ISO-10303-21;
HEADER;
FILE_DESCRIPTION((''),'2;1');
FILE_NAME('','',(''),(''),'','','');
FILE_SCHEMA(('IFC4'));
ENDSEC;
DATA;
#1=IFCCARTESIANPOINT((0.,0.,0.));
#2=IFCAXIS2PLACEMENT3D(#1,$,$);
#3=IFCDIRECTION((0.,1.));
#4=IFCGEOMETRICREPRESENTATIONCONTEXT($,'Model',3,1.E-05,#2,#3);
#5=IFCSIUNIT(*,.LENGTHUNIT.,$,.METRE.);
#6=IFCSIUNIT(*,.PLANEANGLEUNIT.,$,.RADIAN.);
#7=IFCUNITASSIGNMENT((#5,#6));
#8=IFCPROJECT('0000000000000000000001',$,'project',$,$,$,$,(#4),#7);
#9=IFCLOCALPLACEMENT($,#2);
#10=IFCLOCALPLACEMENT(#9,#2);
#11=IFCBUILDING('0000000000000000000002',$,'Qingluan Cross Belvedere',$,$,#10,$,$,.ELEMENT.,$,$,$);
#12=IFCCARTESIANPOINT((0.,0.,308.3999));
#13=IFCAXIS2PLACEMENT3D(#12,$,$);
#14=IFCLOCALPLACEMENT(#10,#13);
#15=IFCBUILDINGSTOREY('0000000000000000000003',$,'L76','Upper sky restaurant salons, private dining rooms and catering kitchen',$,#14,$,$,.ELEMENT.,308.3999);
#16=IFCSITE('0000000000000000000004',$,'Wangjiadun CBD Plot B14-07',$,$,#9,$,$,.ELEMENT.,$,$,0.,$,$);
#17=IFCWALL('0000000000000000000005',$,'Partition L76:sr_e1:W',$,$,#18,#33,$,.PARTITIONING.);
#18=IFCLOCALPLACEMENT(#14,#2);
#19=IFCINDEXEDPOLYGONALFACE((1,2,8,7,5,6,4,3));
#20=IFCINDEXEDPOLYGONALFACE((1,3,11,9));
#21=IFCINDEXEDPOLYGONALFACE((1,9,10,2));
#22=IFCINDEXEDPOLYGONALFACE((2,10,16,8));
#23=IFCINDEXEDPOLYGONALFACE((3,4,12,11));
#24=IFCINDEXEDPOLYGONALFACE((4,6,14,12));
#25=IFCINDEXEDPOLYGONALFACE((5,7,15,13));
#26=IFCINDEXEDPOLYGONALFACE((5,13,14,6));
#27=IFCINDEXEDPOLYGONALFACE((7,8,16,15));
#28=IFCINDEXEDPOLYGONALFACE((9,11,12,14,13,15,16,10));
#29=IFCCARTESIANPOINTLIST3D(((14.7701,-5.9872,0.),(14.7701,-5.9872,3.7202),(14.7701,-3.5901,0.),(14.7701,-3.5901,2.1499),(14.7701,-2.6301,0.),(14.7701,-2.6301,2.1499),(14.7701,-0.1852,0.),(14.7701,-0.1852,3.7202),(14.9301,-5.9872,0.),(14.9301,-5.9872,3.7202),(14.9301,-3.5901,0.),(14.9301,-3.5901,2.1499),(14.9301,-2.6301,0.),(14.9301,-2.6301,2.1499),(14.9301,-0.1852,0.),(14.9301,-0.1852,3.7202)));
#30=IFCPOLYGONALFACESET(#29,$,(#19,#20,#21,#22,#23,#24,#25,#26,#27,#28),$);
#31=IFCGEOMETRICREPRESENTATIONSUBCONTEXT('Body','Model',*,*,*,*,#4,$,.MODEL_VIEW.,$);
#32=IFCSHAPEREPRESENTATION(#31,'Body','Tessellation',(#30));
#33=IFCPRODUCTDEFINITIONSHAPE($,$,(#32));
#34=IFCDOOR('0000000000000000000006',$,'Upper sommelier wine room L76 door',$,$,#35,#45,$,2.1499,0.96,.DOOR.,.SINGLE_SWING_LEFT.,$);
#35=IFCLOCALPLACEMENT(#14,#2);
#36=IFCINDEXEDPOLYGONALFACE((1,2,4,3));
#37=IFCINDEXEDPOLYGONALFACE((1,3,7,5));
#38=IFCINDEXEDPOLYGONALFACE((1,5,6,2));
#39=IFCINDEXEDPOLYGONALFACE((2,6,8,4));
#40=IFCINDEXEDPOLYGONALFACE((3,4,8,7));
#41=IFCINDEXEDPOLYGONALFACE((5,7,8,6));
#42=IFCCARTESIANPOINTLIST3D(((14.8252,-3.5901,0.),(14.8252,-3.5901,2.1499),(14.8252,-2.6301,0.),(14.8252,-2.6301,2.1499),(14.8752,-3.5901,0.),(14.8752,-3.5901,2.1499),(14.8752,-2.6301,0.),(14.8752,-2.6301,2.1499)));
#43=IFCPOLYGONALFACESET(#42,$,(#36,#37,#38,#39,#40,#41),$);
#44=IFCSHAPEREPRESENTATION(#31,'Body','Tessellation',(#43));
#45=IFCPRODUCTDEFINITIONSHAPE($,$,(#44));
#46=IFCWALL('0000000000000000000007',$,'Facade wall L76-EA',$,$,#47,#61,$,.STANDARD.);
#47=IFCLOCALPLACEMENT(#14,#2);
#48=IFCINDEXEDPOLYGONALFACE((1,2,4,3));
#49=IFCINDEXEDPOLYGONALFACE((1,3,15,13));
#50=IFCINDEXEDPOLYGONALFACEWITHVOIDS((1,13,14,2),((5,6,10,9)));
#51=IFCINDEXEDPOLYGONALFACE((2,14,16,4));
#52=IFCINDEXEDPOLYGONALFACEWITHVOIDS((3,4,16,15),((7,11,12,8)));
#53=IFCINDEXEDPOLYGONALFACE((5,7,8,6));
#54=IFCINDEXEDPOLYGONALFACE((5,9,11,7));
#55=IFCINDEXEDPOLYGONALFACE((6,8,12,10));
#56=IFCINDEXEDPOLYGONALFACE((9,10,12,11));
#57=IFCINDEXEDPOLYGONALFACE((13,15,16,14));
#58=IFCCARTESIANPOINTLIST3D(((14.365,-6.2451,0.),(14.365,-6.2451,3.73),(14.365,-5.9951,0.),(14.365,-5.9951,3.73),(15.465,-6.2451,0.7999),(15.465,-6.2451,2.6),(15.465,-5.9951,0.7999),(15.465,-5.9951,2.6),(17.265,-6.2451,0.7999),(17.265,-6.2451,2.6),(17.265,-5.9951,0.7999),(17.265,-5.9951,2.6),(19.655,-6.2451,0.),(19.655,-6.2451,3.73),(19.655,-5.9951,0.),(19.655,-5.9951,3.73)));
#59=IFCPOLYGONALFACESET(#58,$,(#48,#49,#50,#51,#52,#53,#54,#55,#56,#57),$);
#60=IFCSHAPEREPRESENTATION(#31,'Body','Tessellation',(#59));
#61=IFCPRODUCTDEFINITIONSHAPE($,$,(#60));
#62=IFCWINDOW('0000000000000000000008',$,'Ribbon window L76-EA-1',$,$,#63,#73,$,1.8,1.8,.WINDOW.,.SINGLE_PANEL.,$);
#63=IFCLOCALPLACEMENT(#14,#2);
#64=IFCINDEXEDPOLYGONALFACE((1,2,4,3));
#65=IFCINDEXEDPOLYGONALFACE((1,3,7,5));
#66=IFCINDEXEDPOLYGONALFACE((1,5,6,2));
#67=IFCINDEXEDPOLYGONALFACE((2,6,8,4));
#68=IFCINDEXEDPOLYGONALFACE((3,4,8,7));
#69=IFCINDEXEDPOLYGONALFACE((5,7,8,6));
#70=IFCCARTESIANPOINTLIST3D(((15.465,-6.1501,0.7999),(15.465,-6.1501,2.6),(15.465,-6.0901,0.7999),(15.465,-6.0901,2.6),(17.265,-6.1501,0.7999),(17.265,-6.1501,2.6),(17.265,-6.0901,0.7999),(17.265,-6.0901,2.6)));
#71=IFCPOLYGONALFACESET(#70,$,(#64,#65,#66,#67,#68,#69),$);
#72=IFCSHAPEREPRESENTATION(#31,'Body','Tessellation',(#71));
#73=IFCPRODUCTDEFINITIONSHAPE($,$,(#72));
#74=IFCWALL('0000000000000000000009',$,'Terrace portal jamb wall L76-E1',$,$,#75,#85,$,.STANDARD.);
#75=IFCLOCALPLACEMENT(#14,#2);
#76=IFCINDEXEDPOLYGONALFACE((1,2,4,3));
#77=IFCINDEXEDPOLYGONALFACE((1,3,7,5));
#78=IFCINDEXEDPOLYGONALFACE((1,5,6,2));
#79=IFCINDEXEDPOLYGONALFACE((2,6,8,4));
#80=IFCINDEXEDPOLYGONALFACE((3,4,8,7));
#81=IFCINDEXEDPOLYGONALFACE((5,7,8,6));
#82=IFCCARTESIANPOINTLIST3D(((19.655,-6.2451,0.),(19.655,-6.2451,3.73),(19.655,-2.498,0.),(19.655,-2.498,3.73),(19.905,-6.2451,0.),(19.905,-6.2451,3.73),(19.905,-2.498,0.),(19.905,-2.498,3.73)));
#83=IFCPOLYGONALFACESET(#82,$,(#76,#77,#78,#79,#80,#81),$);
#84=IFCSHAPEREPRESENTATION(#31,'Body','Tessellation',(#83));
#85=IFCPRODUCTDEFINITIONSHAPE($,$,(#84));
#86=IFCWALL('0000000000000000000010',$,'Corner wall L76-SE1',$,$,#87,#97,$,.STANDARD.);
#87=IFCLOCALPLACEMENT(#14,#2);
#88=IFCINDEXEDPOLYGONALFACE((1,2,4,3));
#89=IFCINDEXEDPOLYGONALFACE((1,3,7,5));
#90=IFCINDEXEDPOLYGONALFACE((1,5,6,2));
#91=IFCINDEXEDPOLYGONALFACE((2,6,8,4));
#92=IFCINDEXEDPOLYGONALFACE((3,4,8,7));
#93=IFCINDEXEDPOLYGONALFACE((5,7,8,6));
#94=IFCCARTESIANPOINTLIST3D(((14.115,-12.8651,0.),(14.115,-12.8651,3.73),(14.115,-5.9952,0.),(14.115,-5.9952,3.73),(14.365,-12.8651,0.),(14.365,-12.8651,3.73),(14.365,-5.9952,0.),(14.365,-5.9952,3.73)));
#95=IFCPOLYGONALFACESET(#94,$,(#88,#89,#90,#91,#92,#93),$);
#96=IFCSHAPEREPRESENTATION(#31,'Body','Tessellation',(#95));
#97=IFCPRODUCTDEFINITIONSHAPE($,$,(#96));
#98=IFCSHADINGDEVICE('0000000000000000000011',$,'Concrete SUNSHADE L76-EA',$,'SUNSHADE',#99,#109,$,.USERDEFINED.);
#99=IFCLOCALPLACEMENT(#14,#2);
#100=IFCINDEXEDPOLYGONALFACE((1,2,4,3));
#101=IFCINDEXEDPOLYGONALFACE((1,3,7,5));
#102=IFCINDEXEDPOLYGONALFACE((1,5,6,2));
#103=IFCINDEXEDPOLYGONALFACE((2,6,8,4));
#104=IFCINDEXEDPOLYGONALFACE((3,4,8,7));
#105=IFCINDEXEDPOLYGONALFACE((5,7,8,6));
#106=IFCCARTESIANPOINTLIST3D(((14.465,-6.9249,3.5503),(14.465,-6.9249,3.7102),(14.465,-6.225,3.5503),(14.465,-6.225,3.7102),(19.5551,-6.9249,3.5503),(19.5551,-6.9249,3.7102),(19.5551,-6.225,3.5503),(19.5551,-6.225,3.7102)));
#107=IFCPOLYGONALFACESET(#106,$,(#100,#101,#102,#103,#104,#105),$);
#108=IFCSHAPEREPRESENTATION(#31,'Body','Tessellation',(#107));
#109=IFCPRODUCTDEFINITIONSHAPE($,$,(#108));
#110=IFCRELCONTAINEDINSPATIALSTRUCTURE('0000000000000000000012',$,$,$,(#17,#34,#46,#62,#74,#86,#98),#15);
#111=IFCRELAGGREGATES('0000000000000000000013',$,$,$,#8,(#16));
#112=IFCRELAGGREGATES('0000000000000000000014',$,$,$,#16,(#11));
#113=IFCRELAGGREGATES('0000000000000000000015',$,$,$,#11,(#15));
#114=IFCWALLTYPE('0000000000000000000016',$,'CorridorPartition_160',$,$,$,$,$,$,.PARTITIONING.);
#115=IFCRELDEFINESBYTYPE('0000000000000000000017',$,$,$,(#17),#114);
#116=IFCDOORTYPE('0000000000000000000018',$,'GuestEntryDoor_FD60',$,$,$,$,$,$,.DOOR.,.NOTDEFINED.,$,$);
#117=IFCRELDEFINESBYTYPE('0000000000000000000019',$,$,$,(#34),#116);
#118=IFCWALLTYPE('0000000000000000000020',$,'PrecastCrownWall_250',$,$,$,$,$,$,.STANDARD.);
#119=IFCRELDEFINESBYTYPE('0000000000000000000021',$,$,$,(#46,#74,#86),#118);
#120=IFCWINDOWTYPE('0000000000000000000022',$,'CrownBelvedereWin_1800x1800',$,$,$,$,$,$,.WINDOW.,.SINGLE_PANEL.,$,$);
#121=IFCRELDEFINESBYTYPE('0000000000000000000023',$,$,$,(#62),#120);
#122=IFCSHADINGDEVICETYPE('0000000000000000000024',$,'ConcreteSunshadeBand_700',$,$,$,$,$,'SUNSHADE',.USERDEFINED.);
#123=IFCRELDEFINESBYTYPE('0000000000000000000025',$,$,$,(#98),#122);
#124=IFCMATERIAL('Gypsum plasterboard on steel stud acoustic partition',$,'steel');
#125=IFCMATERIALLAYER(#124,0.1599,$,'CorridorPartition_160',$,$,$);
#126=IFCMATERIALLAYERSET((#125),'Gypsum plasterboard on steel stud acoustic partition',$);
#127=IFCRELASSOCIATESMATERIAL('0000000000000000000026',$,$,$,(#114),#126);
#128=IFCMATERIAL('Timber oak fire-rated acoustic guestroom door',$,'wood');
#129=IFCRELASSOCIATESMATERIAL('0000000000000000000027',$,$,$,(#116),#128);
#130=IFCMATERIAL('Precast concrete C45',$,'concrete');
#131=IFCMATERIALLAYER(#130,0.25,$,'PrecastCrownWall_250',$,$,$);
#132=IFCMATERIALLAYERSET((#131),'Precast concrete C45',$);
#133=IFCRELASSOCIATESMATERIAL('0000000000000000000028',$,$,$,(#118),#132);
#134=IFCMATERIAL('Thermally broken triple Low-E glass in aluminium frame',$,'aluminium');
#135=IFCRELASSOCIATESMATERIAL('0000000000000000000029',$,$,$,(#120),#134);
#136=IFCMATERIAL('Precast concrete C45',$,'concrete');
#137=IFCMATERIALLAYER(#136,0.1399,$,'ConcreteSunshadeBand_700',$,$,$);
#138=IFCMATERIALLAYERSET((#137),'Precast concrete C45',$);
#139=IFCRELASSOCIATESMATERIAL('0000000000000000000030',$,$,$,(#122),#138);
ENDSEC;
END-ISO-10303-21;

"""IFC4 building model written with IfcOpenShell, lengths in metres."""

from ifc_helpers import new_model, si_unit, direction, frame, frame_2d, origin, origin_2d, place, context, subcontext, project, spatial, rectangle, extrude, material, layer, layer_set, type_object, element, fill, save


model = new_model("IFC4")

# Units and contexts
model_context = context("Model", 3, precision=1e-05, world=origin(), true_north=direction((0.0, 1.0)))
body_context = subcontext(model_context, "Body", "Model", "MODEL_VIEW")
ifc_project = project(units=[si_unit("LENGTHUNIT", "METRE"), si_unit("PLANEANGLEUNIT", "RADIAN")], contexts=[model_context])

# Site, building, storey
site_placement = place(None, origin())
site = spatial("IfcSite", under=ifc_project, at=site_placement, Name="Wangjiadun CBD Plot B14-07", CompositionType="ELEMENT", RefElevation=0.0)
building_placement = place(site_placement, origin())
building = spatial("IfcBuilding", under=site, at=building_placement, Name="Qingluan Cross Belvedere", CompositionType="ELEMENT")
storey_placement = place(building_placement, frame((0.0, 0.0, 308.3999)))
storey = spatial("IfcBuildingStorey", under=building, at=storey_placement, Name="L76", Description="Upper sky restaurant salons, private dining rooms and catering kitchen", CompositionType="ELEMENT", Elevation=308.3999)

# Wall, opening, door
ifc_material_1 = material(Name="Gypsum plasterboard on steel stud acoustic partition", Category="steel")
ifc_layer_1 = layer(ifc_material_1, 0.1599, Name="CorridorPartition_160")
ifc_layer_set_1 = layer_set([ifc_layer_1], Name="Gypsum plasterboard on steel stud acoustic partition")
wall_type_1 = type_object("IfcWallType", Name="CorridorPartition_160", PredefinedType="PARTITIONING", material=ifc_layer_set_1)
wall_1_placement = place(storey_placement, frame((14.8501, -5.9871, 0.0), z_axis=(0.0, 0.0, 1.0), x_axis=(0.0, 1.0, 0.0)))
wall_1 = element("IfcWall", 1, at=wall_1_placement, inside=storey, type_object=wall_type_1, Name="Partition L76:sr_e1:W", PredefinedType="PARTITIONING", context=body_context, shape_type="SweptSolid", body=[
    extrude(rectangle(XDim=5.802, YDim=0.1599, at=frame_2d((2.9009, 0.0))), origin(), (0.0, 0.0, 1.0), 3.7202),
])
opening_1_placement = place(wall_1_placement, frame((2.397, 0.0, 0.0)))
opening_1 = element("IfcOpeningElement", 2, at=opening_1_placement, cuts=wall_1, PredefinedType="OPENING", context=body_context, shape_type="SweptSolid", body=[
    extrude(rectangle(XDim=0.96, YDim=2.1499, at=frame_2d((0.48, 1.075))), frame((0.0, 0.0898, 0.0), z_axis=(0.0, -1.0, 0.0), x_axis=(1.0, 0.0, 0.0)), (0.0, 0.0, 1.0), 0.1799),
])
ifc_material_2 = material(Name="Timber oak fire-rated acoustic guestroom door", Category="wood")
door_type = type_object("IfcDoorType", Name="GuestEntryDoor_FD60", OperationType="NOTDEFINED", PredefinedType="DOOR", material=ifc_material_2)
door_placement = place(opening_1_placement, origin())
door = element("IfcDoor", 3, at=door_placement, inside=storey, type_object=door_type, Name="Upper sommelier wine room L76 door", OperationType="SINGLE_SWING_LEFT", OverallHeight=2.1499, OverallWidth=0.96, PredefinedType="DOOR", context=body_context, shape_type="SweptSolid", body=[
    extrude(rectangle(XDim=0.96, YDim=2.1499, at=frame_2d((0.48, 1.075))), frame((0.0, 0.0249, 0.0), z_axis=(0.0, -1.0, 0.0), x_axis=(1.0, 0.0, 0.0)), (0.0, 0.0, 1.0), 0.05),
])
fill(opening_1, door)

# Wall, opening, window
ifc_material_3 = material(Name="Precast concrete C45", Category="concrete")
ifc_layer_2 = layer(ifc_material_3, 0.25, Name="PrecastCrownWall_250")
ifc_layer_set_2 = layer_set([ifc_layer_2], Name="Precast concrete C45")
wall_type_2 = type_object("IfcWallType", Name="PrecastCrownWall_250", PredefinedType="STANDARD", material=ifc_layer_set_2)
wall_2_placement = place(storey_placement, frame((14.365, -6.1201, 0.0), z_axis=(0.0, 0.0, 1.0), x_axis=(1.0, 0.0, 0.0)))
wall_2 = element("IfcWall", 4, at=wall_2_placement, inside=storey, type_object=wall_type_2, Name="Facade wall L76-EA", PredefinedType="STANDARD", context=body_context, shape_type="SweptSolid", body=[
    extrude(rectangle(XDim=5.29, YDim=0.25, at=frame_2d((2.645, 0.0))), origin(), (0.0, 0.0, 1.0), 3.73),
])
opening_2_placement = place(wall_2_placement, frame((1.1001, 0.0, 0.8)))
opening_2 = element("IfcOpeningElement", 5, at=opening_2_placement, cuts=wall_2, PredefinedType="OPENING", context=body_context, shape_type="SweptSolid", body=[
    extrude(rectangle(XDim=1.8, YDim=1.8, at=frame_2d((0.8999, 0.8999))), frame((0.0, 0.135, 0.0), z_axis=(0.0, -1.0, 0.0), x_axis=(1.0, 0.0, 0.0)), (0.0, 0.0, 1.0), 0.27),
])
ifc_material_4 = material(Name="Thermally broken triple Low-E glass in aluminium frame", Category="aluminium")
window_type = type_object("IfcWindowType", Name="CrownBelvedereWin_1800x1800", PartitioningType="SINGLE_PANEL", PredefinedType="WINDOW", material=ifc_material_4)
window_placement = place(opening_2_placement, origin())
window = element("IfcWindow", 6, at=window_placement, inside=storey, type_object=window_type, Name="Ribbon window L76-EA-1", OverallHeight=1.8, OverallWidth=1.8, PartitioningType="SINGLE_PANEL", PredefinedType="WINDOW", context=body_context, shape_type="SweptSolid", body=[
    extrude(rectangle(XDim=1.8, YDim=1.8, at=frame_2d((0.8999, 0.8999))), frame((0.0, 0.03, 0.0), z_axis=(0.0, -1.0, 0.0), x_axis=(1.0, 0.0, 0.0)), (0.0, 0.0, 1.0), 0.0601),
])
fill(opening_2, window)

# Walls
wall_3_placement = place(storey_placement, frame((19.78, -6.2451, 0.0), z_axis=(0.0, 0.0, 1.0), x_axis=(0.0, 1.0, 0.0)))
element("IfcWall", 7, at=wall_3_placement, inside=storey, type_object=wall_type_2, Name="Terrace portal jamb wall L76-E1", PredefinedType="STANDARD", context=body_context, shape_type="SweptSolid", body=[
    extrude(rectangle(XDim=3.7471, YDim=0.25, at=frame_2d((1.8735, 0.0))), origin(), (0.0, 0.0, 1.0), 3.73),
])
wall_4_placement = place(storey_placement, frame((14.24, -5.9951, 0.0), z_axis=(0.0, 0.0, 1.0), x_axis=(0.0, -1.0, 0.0)))
element("IfcWall", 8, at=wall_4_placement, inside=storey, type_object=wall_type_2, Name="Corner wall L76-SE1", PredefinedType="STANDARD", context=body_context, shape_type="SweptSolid", body=[
    extrude(rectangle(XDim=6.8699, YDim=0.25, at=frame_2d((3.4351, 0.0))), origin(), (0.0, 0.0, 1.0), 3.73),
])

# Shading device
ifc_material_5 = material(Name="Precast concrete C45", Category="concrete")
ifc_layer_3 = layer(ifc_material_5, 0.1399, Name="ConcreteSunshadeBand_700")
ifc_layer_set_3 = layer_set([ifc_layer_3], Name="Precast concrete C45")
shading_device_type = type_object("IfcShadingDeviceType", Name="ConcreteSunshadeBand_700", ElementType="SUNSHADE", PredefinedType="USERDEFINED", material=ifc_layer_set_3)
shading_device_placement = place(storey_placement, frame((17.01, -6.575, 3.5503), z_axis=(0.0, 0.0, 1.0), x_axis=(1.0, 0.0, 0.0)))
element("IfcShadingDevice", 9, at=shading_device_placement, inside=storey, type_object=shading_device_type, Name="Concrete SUNSHADE L76-EA", ObjectType="SUNSHADE", PredefinedType="USERDEFINED", context=body_context, shape_type="SweptSolid", body=[
    extrude(rectangle(XDim=5.0901, YDim=0.7, at=origin_2d()), origin(), (0.0, 0.0, 1.0), 0.1599),
])

save(model, "model.ifc")
